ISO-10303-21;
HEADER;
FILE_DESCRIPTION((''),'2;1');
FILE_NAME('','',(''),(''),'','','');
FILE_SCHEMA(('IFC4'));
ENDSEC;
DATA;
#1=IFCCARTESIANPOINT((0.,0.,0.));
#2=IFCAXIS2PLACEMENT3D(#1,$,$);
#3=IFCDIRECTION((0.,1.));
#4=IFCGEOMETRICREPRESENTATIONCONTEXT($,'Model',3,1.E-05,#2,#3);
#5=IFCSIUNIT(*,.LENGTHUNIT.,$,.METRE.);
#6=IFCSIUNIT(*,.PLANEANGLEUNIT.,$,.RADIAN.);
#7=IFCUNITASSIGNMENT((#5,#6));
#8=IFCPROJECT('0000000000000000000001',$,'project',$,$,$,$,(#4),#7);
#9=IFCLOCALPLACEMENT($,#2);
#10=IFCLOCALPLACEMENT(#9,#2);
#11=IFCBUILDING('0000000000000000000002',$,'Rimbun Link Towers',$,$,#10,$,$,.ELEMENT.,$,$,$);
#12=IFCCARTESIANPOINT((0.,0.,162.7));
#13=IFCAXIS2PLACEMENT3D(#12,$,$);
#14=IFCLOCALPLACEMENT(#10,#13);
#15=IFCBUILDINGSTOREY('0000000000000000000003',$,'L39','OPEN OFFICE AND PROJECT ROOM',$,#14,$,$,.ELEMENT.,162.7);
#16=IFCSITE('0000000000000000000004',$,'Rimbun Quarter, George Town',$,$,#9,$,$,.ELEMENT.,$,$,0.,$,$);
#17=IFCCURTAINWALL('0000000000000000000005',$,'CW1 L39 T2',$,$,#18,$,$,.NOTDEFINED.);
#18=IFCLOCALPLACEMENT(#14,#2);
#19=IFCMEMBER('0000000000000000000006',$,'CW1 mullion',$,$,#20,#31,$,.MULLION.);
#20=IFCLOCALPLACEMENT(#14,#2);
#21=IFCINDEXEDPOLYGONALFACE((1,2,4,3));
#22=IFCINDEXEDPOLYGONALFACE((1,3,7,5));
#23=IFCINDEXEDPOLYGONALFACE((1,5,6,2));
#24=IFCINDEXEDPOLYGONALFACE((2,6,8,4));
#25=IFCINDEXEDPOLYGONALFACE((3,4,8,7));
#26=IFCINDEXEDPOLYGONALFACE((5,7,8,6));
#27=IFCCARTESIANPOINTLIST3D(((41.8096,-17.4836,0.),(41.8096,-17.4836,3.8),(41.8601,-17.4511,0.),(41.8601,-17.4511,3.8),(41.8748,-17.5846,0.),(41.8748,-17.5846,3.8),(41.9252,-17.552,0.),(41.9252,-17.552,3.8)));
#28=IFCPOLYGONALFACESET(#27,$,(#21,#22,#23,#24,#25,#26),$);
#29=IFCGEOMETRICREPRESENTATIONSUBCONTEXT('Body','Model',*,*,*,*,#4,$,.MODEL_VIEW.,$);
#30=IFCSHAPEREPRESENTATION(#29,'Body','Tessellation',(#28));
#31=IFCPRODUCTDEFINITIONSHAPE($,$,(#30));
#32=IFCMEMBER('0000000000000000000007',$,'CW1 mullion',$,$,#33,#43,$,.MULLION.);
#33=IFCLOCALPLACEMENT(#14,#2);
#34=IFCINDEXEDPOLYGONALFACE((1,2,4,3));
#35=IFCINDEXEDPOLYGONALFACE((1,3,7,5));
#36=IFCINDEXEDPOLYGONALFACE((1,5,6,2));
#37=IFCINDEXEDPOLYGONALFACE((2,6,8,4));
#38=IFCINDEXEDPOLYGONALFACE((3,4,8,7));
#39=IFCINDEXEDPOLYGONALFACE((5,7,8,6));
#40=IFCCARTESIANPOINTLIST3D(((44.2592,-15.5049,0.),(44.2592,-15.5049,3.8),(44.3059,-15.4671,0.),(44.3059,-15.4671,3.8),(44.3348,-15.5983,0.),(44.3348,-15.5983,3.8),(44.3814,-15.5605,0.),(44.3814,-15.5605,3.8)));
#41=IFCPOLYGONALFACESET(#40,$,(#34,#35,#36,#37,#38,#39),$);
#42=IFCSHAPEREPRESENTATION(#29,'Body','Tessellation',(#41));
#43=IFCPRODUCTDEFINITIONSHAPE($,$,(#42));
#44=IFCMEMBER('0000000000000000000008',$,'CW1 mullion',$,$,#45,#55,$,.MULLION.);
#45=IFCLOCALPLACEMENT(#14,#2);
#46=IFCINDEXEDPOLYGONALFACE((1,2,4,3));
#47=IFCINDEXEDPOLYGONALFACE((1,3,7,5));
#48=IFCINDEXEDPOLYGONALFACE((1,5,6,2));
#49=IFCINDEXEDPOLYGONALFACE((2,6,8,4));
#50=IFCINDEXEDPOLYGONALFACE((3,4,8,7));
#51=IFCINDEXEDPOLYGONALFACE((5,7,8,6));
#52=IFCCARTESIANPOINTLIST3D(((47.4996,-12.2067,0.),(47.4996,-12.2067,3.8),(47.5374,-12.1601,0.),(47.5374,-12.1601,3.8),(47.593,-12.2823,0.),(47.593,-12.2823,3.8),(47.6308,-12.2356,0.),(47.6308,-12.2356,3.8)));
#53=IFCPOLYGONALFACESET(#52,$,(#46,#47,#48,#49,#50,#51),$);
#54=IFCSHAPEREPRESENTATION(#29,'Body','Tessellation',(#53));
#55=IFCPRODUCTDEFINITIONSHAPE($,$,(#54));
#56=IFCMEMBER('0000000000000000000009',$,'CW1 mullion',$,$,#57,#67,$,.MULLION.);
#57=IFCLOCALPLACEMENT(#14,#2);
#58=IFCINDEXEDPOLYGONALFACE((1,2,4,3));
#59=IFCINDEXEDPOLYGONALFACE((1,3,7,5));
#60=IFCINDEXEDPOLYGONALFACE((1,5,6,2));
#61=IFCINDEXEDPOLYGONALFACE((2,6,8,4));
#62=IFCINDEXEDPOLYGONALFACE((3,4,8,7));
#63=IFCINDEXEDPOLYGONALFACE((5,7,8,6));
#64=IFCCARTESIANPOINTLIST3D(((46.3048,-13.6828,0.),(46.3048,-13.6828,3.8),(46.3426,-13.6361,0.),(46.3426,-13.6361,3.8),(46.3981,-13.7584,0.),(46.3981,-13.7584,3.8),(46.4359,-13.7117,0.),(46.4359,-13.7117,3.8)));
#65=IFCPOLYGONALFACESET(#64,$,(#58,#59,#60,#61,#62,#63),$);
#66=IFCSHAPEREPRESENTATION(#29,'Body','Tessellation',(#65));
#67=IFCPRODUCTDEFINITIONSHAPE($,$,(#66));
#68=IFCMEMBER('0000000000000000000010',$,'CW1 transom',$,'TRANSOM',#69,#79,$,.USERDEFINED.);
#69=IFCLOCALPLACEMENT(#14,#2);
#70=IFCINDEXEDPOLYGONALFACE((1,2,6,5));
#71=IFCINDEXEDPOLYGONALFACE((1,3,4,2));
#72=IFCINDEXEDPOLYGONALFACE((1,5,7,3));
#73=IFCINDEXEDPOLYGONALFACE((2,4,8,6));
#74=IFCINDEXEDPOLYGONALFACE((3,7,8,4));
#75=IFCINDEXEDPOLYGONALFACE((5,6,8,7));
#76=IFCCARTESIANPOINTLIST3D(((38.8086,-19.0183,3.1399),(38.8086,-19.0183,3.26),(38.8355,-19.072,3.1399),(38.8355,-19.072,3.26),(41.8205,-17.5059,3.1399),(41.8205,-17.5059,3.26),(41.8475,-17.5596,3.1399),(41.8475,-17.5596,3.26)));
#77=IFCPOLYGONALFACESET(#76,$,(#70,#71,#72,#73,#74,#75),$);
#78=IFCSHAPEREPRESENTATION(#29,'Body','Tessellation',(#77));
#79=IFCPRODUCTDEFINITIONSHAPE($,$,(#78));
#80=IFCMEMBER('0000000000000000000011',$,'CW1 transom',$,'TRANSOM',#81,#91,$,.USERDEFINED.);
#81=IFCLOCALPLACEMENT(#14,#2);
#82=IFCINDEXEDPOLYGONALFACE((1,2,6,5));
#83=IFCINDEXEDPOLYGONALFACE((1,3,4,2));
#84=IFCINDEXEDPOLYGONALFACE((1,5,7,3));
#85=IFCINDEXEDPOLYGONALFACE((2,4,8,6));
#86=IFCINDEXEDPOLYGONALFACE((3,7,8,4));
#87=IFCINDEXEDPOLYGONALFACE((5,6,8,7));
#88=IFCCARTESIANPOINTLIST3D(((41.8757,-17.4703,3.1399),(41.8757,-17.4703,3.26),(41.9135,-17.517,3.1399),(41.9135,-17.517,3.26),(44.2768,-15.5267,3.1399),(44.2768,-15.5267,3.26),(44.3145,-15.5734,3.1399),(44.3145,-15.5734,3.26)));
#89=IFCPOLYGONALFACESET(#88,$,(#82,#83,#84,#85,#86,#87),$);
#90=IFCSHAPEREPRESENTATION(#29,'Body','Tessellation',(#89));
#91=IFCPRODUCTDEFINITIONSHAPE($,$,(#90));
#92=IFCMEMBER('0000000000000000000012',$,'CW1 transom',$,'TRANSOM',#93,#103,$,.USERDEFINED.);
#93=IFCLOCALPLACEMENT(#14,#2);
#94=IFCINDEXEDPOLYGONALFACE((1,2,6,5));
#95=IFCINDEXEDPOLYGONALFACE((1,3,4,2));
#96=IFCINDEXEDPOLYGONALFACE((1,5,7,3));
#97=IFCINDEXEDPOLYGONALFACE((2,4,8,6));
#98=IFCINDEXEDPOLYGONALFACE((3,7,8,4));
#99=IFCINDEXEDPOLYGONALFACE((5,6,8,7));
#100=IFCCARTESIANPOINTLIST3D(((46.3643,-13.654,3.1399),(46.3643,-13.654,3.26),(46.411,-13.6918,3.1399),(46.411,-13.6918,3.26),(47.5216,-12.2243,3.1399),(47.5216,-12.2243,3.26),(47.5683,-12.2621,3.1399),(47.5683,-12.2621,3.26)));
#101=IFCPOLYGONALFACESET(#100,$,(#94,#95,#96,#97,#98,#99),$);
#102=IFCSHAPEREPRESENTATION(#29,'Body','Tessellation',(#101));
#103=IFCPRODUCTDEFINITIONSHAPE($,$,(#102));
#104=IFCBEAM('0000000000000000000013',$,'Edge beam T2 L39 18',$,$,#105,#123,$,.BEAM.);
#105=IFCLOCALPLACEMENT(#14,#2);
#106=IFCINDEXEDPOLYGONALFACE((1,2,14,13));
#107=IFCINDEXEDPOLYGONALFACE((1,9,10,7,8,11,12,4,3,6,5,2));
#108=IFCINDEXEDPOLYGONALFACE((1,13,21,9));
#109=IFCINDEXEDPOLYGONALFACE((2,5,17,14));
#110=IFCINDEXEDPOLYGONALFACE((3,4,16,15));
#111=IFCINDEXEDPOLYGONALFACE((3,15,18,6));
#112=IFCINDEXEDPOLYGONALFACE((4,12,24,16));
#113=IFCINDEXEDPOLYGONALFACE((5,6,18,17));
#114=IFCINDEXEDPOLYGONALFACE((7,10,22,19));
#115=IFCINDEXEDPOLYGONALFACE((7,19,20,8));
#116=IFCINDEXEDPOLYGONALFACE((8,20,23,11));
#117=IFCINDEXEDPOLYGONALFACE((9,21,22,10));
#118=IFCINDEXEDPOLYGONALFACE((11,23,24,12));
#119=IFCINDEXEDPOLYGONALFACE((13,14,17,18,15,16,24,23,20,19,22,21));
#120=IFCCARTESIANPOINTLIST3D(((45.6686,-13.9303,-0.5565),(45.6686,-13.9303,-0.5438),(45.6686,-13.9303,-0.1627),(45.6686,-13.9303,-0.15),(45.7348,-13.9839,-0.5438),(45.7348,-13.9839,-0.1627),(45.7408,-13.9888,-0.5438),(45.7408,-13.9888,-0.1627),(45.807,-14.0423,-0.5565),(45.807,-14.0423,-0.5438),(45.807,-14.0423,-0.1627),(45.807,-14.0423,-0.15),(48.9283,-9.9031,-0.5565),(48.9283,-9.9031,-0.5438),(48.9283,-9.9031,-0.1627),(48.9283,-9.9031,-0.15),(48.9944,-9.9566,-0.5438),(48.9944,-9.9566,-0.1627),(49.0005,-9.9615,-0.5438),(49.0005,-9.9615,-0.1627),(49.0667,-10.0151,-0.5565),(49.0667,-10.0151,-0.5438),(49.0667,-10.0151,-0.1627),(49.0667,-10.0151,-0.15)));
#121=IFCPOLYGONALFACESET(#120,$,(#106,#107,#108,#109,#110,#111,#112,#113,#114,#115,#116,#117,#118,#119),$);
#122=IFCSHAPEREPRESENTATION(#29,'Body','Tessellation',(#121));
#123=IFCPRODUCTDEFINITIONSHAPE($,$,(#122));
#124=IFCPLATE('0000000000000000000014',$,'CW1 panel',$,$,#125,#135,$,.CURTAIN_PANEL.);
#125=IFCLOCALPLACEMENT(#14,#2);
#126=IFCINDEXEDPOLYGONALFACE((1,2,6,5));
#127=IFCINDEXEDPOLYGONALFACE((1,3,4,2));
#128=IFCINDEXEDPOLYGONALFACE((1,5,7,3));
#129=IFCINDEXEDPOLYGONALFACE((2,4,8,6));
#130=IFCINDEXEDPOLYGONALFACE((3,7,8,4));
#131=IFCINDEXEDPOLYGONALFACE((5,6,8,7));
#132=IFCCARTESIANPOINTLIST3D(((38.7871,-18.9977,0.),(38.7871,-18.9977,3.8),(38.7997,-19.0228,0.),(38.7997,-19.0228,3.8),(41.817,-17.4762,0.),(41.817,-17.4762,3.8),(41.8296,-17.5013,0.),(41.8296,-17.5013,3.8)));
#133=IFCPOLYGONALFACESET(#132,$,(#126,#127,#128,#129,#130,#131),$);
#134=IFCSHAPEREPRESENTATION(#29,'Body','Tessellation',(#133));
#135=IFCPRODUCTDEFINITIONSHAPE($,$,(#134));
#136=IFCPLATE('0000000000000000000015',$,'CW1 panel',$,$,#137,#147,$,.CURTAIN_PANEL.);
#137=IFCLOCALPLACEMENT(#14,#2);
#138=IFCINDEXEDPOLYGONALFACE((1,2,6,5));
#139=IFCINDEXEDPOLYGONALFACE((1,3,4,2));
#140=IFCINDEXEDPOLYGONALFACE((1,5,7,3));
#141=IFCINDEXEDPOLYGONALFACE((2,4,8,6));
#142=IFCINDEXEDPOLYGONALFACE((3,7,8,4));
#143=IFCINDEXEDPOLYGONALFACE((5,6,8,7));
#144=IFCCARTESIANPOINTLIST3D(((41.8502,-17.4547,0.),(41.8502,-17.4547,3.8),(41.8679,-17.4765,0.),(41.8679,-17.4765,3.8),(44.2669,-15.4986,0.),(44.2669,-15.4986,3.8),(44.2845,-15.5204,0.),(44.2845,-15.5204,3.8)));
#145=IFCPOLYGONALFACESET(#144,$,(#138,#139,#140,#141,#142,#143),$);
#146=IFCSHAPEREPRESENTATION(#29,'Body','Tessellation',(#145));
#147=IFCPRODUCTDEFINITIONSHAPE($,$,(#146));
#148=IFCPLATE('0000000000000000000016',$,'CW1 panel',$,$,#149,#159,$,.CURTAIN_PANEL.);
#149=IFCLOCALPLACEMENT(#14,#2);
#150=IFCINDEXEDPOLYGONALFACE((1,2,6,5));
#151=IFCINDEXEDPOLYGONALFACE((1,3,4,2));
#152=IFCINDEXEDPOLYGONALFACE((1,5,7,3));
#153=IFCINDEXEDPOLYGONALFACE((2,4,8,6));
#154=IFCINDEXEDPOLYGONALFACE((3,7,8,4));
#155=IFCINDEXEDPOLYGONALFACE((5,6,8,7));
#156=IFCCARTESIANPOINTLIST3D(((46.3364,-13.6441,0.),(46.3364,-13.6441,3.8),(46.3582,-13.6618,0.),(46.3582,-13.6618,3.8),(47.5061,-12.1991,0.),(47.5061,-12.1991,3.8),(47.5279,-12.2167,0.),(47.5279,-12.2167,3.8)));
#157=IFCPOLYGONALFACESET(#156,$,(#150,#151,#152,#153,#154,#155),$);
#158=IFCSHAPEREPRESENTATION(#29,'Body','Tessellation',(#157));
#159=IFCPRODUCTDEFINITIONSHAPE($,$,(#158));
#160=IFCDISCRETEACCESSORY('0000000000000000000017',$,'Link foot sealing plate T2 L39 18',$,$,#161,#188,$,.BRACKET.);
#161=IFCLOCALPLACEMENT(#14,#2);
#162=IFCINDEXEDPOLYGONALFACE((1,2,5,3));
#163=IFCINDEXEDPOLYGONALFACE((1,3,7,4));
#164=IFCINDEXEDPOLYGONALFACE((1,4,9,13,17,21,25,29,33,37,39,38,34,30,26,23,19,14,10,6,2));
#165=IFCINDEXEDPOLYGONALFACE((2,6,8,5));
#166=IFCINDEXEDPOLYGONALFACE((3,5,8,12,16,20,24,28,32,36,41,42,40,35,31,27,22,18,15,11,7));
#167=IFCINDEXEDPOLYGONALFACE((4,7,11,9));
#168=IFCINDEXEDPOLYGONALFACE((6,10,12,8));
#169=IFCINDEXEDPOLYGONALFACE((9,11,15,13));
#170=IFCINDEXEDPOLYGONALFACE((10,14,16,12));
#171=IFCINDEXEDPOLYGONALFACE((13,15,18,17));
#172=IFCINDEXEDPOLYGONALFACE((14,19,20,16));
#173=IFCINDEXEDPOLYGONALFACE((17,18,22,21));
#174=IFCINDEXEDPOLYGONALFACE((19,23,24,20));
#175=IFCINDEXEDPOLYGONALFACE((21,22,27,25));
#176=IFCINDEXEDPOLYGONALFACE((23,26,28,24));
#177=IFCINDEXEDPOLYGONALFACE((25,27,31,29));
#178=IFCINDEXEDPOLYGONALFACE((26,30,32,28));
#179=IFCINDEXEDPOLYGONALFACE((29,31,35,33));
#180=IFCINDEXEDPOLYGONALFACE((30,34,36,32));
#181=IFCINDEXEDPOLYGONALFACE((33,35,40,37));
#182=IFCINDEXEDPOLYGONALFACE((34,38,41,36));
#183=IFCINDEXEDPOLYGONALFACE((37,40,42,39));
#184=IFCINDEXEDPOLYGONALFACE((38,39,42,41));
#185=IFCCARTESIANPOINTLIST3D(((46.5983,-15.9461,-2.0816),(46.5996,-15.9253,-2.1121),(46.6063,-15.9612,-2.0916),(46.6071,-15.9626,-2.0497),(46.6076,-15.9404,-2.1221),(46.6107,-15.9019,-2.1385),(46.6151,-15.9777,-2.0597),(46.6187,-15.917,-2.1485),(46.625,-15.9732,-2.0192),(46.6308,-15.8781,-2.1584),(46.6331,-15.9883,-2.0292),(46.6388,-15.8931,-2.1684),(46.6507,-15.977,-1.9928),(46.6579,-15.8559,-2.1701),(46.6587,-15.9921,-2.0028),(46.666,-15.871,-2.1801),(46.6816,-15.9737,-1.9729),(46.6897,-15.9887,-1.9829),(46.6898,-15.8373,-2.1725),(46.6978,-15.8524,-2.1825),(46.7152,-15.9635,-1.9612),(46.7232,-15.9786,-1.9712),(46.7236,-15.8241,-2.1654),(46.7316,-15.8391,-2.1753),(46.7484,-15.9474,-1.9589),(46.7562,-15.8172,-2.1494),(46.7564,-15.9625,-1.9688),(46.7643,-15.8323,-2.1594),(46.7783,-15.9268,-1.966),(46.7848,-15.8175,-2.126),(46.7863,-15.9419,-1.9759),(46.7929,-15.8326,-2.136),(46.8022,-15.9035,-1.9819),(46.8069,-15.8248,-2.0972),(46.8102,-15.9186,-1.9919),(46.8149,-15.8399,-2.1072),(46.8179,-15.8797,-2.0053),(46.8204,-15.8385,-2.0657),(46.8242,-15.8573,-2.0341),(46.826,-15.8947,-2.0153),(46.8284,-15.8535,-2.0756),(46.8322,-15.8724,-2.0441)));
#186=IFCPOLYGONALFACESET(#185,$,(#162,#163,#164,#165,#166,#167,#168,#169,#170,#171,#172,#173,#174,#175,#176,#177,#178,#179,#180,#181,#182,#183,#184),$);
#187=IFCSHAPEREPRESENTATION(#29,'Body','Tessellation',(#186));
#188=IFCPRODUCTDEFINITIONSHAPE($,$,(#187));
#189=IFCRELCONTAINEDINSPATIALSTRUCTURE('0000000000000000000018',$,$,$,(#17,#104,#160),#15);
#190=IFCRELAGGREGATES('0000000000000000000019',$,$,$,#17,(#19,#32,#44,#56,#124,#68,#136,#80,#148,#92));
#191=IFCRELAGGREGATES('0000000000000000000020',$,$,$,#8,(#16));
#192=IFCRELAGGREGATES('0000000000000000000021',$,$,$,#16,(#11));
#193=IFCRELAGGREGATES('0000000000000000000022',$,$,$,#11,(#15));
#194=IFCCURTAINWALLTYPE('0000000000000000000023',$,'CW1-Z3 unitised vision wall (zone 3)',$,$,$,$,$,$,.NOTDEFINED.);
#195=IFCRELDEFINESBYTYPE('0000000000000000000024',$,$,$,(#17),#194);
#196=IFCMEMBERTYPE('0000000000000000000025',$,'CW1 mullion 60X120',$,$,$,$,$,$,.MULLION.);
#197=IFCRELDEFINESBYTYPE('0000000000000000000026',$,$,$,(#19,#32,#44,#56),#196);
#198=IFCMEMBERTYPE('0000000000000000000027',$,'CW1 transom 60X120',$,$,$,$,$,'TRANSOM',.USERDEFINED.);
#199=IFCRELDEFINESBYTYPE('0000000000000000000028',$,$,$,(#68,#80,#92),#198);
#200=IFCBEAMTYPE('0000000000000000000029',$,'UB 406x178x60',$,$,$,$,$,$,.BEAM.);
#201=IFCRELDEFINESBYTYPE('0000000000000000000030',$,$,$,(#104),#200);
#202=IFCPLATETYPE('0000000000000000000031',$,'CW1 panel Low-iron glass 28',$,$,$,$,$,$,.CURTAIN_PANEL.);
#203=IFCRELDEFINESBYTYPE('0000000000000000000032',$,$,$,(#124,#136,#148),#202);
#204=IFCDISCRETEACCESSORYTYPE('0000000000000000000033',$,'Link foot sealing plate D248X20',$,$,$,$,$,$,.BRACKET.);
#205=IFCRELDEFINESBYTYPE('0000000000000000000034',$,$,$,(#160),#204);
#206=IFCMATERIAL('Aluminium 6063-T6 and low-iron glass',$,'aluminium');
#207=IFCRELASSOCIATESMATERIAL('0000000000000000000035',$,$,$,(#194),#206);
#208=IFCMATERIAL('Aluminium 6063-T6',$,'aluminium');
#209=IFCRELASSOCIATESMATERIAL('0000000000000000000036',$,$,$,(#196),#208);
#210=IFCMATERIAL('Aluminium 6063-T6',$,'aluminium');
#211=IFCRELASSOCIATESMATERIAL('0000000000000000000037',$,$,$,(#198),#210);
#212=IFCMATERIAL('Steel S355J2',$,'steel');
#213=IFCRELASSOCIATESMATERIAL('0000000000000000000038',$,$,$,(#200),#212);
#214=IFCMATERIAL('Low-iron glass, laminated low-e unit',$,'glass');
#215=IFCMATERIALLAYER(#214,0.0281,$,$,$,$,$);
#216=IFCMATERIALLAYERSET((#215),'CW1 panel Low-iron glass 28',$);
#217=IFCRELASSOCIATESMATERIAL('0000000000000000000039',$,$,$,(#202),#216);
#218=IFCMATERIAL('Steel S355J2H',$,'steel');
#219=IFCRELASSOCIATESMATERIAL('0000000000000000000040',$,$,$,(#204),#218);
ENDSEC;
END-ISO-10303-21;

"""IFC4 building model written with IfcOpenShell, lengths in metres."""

from ifc_helpers import new_model, si_unit, direction, frame, origin, origin_2d, place, context, subcontext, project, spatial, rectangle, circle, i_section, extrude, material, layer, layer_set, material_profile, profile_set, type_object, element, aggregate, save


model = new_model("IFC4")

# Units and contexts
model_context = context("Model", 3, precision=1e-05, world=origin(), true_north=direction((0.0, 1.0)))
body_context = subcontext(model_context, "Body", "Model", "MODEL_VIEW")
ifc_project = project(units=[si_unit("LENGTHUNIT", "METRE"), si_unit("PLANEANGLEUNIT", "RADIAN")], contexts=[model_context])

# Site, building, storey
site_placement = place(None, origin())
site = spatial("IfcSite", under=ifc_project, at=site_placement, Name="Rimbun Quarter, George Town", CompositionType="ELEMENT", RefElevation=0.0)
building_placement = place(site_placement, origin())
building = spatial("IfcBuilding", under=site, at=building_placement, Name="Rimbun Link Towers", CompositionType="ELEMENT")
storey_placement = place(building_placement, frame((0.0, 0.0, 162.7)))
storey = spatial("IfcBuildingStorey", under=building, at=storey_placement, Name="L39", Description="OPEN OFFICE AND PROJECT ROOM", CompositionType="ELEMENT", Elevation=162.7)

# Curtain wall, members
ifc_material_1 = material(Name="Aluminium 6063-T6 and low-iron glass", Category="aluminium")
curtain_wall_type = type_object("IfcCurtainWallType", Name="CW1-Z3 unitised vision wall (zone 3)", PredefinedType="NOTDEFINED", material=ifc_material_1)
curtain_wall_placement = place(storey_placement, origin())
curtain_wall = element("IfcCurtainWall", 1, at=curtain_wall_placement, inside=storey, type_object=curtain_wall_type, Name="CW1 L39 T2", PredefinedType="NOTDEFINED")
ifc_material_2 = material(Name="Aluminium 6063-T6", Category="aluminium")
ifc_material_profile_1 = material_profile(ifc_material_2, rectangle(XDim=0.1201, YDim=0.0601, at=origin_2d()), Name="MULLION 60X120")
ifc_profile_set_1 = profile_set([ifc_material_profile_1], Name="Aluminium 6063-T6")
member_type_1 = type_object("IfcMemberType", Name="CW1 mullion 60X120", PredefinedType="MULLION", material=ifc_profile_set_1)
member_1_placement = place(storey_placement, frame((41.8674, -17.5178, 0.0), z_axis=(0.0, 0.0, 1.0), x_axis=(0.5421, -0.840314, 0.0)))
member_1 = element("IfcMember", 2, at=member_1_placement, type_object=member_type_1, Name="CW1 mullion", PredefinedType="MULLION", context=body_context, shape_type="SweptSolid", body=[
    extrude(rectangle(XDim=0.1201, YDim=0.0601, at=origin_2d()), origin(), (0.0, 0.0, 1.0), 3.8),
])
member_2_placement = place(storey_placement, frame((44.3203, -15.5327, 0.0), z_axis=(0.0, 0.0, 1.0), x_axis=(0.629169, -0.777269, 0.0)))
member_2 = element("IfcMember", 3, at=member_2_placement, type_object=member_type_1, Name="CW1 mullion", PredefinedType="MULLION", context=body_context, shape_type="SweptSolid", body=[
    extrude(rectangle(XDim=0.1201, YDim=0.0601, at=origin_2d()), origin(), (0.0, 0.0, 1.0), 3.8),
])
member_3_placement = place(storey_placement, frame((47.5652, -12.2212, 0.0), z_axis=(0.0, 0.0, 1.0), x_axis=(0.777269, -0.629169, 0.0)))
member_3 = element("IfcMember", 4, at=member_3_placement, type_object=member_type_1, Name="CW1 mullion", PredefinedType="MULLION", context=body_context, shape_type="SweptSolid", body=[
    extrude(rectangle(XDim=0.1201, YDim=0.0601, at=origin_2d()), origin(), (0.0, 0.0, 1.0), 3.8),
])
member_4_placement = place(storey_placement, frame((46.3704, -13.6973, 0.0), z_axis=(0.0, 0.0, 1.0), x_axis=(0.777269, -0.629169, 0.0)))
member_4 = element("IfcMember", 5, at=member_4_placement, type_object=member_type_1, Name="CW1 mullion", PredefinedType="MULLION", context=body_context, shape_type="SweptSolid", body=[
    extrude(rectangle(XDim=0.1201, YDim=0.0601, at=origin_2d()), origin(), (0.0, 0.0, 1.0), 3.8),
])
ifc_material_3 = material(Name="Aluminium 6063-T6", Category="aluminium")
ifc_material_profile_2 = material_profile(ifc_material_3, rectangle(XDim=0.0601, YDim=0.1201, at=origin_2d()), Name="TRANSOM 60X120")
ifc_profile_set_2 = profile_set([ifc_material_profile_2], Name="Aluminium 6063-T6")
member_type_2 = type_object("IfcMemberType", Name="CW1 transom 60X120", ElementType="TRANSOM", PredefinedType="USERDEFINED", material=ifc_profile_set_2)
member_5_placement = place(storey_placement, frame((41.834, -17.5327, 3.2), z_axis=(-0.893658, -0.448749, 0.0), x_axis=(0.448749, -0.893658, 0.0)))
member_5 = element("IfcMember", 6, at=member_5_placement, type_object=member_type_2, Name="CW1 transom", ObjectType="TRANSOM", PredefinedType="USERDEFINED", context=body_context, shape_type="SweptSolid", body=[
    extrude(rectangle(XDim=0.0601, YDim=0.1201, at=origin_2d()), origin(), (0.0, 0.0, 1.0), 3.3704),
])
member_6_placement = place(storey_placement, frame((44.2957, -15.55, 3.2), z_axis=(-0.777271, -0.629166, 0.0), x_axis=(0.629166, -0.777271, 0.0)))
member_6 = element("IfcMember", 7, at=member_6_placement, type_object=member_type_2, Name="CW1 transom", ObjectType="TRANSOM", PredefinedType="USERDEFINED", context=body_context, shape_type="SweptSolid", body=[
    extrude(rectangle(XDim=0.0601, YDim=0.1201, at=origin_2d()), origin(), (0.0, 0.0, 1.0), 3.0891),
])
member_7_placement = place(storey_placement, frame((47.5449, -12.2432, 3.2), z_axis=(-0.629152, -0.777282, 0.0), x_axis=(0.777282, -0.629152, 0.0)))
member_7 = element("IfcMember", 8, at=member_7_placement, type_object=member_type_2, Name="CW1 transom", ObjectType="TRANSOM", PredefinedType="USERDEFINED", context=body_context, shape_type="SweptSolid", body=[
    extrude(rectangle(XDim=0.0601, YDim=0.1201, at=origin_2d()), origin(), (0.0, 0.0, 1.0), 1.8394),
])

# Beam
ifc_material_4 = material(Name="Steel S355J2", Category="steel")
ifc_material_profile_3 = material_profile(ifc_material_4, i_section(OverallWidth=0.178, OverallDepth=0.4065, WebThickness=0.0078, FlangeThickness=0.0127, at=origin_2d()), Name="UB 406x178x60")
ifc_profile_set_3 = profile_set([ifc_material_profile_3], Name="Steel S355J2")
beam_type = type_object("IfcBeamType", Name="UB 406x178x60", PredefinedType="BEAM", material=ifc_profile_set_3)
beam_placement = place(storey_placement, frame((45.7378, -13.9863, -0.3533), z_axis=(0.629144, 0.777289, 0.0), x_axis=(-0.777289, 0.629144, 0.0)))
element("IfcBeam", 9, at=beam_placement, inside=storey, type_object=beam_type, Name="Edge beam T2 L39 18", PredefinedType="BEAM", context=body_context, shape_type="SweptSolid", body=[
    extrude(i_section(OverallWidth=0.178, OverallDepth=0.4065, WebThickness=0.0078, FlangeThickness=0.0127, at=origin_2d()), origin(), (0.0, 0.0, 1.0), 5.1812),
])

# Plates
ifc_material_5 = material(Name="Low-iron glass, laminated low-e unit", Category="glass")
ifc_layer = layer(ifc_material_5, 0.0281)
ifc_layer_set = layer_set([ifc_layer], Name="CW1 panel Low-iron glass 28")
plate_type = type_object("IfcPlateType", Name="CW1 panel Low-iron glass 28", PredefinedType="CURTAIN_PANEL", material=ifc_layer_set)
plate_1_placement = place(storey_placement, frame((40.3083, -18.2495, 0.0), z_axis=(0.0, 0.0, 1.0), x_axis=(-0.893649, -0.448766, 0.0)))
plate_1 = element("IfcPlate", 10, at=plate_1_placement, type_object=plate_type, Name="CW1 panel", PredefinedType="CURTAIN_PANEL", context=body_context, shape_type="SweptSolid", body=[
    extrude(rectangle(XDim=3.3904, YDim=0.0281, at=origin_2d()), origin(), (0.0, 0.0, 1.0), 3.8),
])
plate_2_placement = place(storey_placement, frame((43.0674, -16.4875, 0.0), z_axis=(0.0, 0.0, 1.0), x_axis=(-0.777269, -0.629169, 0.0)))
plate_2 = element("IfcPlate", 11, at=plate_2_placement, type_object=plate_type, Name="CW1 panel", PredefinedType="CURTAIN_PANEL", context=body_context, shape_type="SweptSolid", body=[
    extrude(rectangle(XDim=3.1091, YDim=0.0281, at=origin_2d()), origin(), (0.0, 0.0, 1.0), 3.8),
])
plate_3_placement = place(storey_placement, frame((46.9321, -12.9304, 0.0), z_axis=(0.0, 0.0, 1.0), x_axis=(-0.629169, -0.777269, 0.0)))
plate_3 = element("IfcPlate", 12, at=plate_3_placement, type_object=plate_type, Name="CW1 panel", PredefinedType="CURTAIN_PANEL", context=body_context, shape_type="SweptSolid", body=[
    extrude(rectangle(XDim=1.8591, YDim=0.0281, at=origin_2d()), origin(), (0.0, 0.0, 1.0), 3.8),
])
aggregate(curtain_wall, [member_1, member_2, member_3, member_4, plate_1, member_5, plate_2, member_6, plate_3, member_7])

# Discrete accessory
ifc_material_6 = material(Name="Steel S355J2H", Category="steel")
ifc_material_profile_4 = material_profile(ifc_material_6, circle(Radius=0.124, at=origin_2d()), Name="PL D248")
ifc_profile_set_4 = profile_set([ifc_material_profile_4], Name="Steel S355J2H")
discrete_accessory_type = type_object("IfcDiscreteAccessoryType", Name="Link foot sealing plate D248X20", PredefinedType="BRACKET", material=ifc_profile_set_4)
discrete_accessory_placement = place(storey_placement, frame((46.7109, -15.8967, -2.0657), z_axis=(0.405772, -0.762359, -0.504141), x_axis=(0.882747, 0.469849, 0.0)))
element("IfcDiscreteAccessory", 13, at=discrete_accessory_placement, inside=storey, type_object=discrete_accessory_type, Name="Link foot sealing plate T2 L39 18", PredefinedType="BRACKET", context=body_context, shape_type="SweptSolid", body=[
    extrude(circle(Radius=0.124, at=origin_2d()), origin(), (0.0, 0.0, 1.0), 0.0198),
])

save(model, "model.ifc")
